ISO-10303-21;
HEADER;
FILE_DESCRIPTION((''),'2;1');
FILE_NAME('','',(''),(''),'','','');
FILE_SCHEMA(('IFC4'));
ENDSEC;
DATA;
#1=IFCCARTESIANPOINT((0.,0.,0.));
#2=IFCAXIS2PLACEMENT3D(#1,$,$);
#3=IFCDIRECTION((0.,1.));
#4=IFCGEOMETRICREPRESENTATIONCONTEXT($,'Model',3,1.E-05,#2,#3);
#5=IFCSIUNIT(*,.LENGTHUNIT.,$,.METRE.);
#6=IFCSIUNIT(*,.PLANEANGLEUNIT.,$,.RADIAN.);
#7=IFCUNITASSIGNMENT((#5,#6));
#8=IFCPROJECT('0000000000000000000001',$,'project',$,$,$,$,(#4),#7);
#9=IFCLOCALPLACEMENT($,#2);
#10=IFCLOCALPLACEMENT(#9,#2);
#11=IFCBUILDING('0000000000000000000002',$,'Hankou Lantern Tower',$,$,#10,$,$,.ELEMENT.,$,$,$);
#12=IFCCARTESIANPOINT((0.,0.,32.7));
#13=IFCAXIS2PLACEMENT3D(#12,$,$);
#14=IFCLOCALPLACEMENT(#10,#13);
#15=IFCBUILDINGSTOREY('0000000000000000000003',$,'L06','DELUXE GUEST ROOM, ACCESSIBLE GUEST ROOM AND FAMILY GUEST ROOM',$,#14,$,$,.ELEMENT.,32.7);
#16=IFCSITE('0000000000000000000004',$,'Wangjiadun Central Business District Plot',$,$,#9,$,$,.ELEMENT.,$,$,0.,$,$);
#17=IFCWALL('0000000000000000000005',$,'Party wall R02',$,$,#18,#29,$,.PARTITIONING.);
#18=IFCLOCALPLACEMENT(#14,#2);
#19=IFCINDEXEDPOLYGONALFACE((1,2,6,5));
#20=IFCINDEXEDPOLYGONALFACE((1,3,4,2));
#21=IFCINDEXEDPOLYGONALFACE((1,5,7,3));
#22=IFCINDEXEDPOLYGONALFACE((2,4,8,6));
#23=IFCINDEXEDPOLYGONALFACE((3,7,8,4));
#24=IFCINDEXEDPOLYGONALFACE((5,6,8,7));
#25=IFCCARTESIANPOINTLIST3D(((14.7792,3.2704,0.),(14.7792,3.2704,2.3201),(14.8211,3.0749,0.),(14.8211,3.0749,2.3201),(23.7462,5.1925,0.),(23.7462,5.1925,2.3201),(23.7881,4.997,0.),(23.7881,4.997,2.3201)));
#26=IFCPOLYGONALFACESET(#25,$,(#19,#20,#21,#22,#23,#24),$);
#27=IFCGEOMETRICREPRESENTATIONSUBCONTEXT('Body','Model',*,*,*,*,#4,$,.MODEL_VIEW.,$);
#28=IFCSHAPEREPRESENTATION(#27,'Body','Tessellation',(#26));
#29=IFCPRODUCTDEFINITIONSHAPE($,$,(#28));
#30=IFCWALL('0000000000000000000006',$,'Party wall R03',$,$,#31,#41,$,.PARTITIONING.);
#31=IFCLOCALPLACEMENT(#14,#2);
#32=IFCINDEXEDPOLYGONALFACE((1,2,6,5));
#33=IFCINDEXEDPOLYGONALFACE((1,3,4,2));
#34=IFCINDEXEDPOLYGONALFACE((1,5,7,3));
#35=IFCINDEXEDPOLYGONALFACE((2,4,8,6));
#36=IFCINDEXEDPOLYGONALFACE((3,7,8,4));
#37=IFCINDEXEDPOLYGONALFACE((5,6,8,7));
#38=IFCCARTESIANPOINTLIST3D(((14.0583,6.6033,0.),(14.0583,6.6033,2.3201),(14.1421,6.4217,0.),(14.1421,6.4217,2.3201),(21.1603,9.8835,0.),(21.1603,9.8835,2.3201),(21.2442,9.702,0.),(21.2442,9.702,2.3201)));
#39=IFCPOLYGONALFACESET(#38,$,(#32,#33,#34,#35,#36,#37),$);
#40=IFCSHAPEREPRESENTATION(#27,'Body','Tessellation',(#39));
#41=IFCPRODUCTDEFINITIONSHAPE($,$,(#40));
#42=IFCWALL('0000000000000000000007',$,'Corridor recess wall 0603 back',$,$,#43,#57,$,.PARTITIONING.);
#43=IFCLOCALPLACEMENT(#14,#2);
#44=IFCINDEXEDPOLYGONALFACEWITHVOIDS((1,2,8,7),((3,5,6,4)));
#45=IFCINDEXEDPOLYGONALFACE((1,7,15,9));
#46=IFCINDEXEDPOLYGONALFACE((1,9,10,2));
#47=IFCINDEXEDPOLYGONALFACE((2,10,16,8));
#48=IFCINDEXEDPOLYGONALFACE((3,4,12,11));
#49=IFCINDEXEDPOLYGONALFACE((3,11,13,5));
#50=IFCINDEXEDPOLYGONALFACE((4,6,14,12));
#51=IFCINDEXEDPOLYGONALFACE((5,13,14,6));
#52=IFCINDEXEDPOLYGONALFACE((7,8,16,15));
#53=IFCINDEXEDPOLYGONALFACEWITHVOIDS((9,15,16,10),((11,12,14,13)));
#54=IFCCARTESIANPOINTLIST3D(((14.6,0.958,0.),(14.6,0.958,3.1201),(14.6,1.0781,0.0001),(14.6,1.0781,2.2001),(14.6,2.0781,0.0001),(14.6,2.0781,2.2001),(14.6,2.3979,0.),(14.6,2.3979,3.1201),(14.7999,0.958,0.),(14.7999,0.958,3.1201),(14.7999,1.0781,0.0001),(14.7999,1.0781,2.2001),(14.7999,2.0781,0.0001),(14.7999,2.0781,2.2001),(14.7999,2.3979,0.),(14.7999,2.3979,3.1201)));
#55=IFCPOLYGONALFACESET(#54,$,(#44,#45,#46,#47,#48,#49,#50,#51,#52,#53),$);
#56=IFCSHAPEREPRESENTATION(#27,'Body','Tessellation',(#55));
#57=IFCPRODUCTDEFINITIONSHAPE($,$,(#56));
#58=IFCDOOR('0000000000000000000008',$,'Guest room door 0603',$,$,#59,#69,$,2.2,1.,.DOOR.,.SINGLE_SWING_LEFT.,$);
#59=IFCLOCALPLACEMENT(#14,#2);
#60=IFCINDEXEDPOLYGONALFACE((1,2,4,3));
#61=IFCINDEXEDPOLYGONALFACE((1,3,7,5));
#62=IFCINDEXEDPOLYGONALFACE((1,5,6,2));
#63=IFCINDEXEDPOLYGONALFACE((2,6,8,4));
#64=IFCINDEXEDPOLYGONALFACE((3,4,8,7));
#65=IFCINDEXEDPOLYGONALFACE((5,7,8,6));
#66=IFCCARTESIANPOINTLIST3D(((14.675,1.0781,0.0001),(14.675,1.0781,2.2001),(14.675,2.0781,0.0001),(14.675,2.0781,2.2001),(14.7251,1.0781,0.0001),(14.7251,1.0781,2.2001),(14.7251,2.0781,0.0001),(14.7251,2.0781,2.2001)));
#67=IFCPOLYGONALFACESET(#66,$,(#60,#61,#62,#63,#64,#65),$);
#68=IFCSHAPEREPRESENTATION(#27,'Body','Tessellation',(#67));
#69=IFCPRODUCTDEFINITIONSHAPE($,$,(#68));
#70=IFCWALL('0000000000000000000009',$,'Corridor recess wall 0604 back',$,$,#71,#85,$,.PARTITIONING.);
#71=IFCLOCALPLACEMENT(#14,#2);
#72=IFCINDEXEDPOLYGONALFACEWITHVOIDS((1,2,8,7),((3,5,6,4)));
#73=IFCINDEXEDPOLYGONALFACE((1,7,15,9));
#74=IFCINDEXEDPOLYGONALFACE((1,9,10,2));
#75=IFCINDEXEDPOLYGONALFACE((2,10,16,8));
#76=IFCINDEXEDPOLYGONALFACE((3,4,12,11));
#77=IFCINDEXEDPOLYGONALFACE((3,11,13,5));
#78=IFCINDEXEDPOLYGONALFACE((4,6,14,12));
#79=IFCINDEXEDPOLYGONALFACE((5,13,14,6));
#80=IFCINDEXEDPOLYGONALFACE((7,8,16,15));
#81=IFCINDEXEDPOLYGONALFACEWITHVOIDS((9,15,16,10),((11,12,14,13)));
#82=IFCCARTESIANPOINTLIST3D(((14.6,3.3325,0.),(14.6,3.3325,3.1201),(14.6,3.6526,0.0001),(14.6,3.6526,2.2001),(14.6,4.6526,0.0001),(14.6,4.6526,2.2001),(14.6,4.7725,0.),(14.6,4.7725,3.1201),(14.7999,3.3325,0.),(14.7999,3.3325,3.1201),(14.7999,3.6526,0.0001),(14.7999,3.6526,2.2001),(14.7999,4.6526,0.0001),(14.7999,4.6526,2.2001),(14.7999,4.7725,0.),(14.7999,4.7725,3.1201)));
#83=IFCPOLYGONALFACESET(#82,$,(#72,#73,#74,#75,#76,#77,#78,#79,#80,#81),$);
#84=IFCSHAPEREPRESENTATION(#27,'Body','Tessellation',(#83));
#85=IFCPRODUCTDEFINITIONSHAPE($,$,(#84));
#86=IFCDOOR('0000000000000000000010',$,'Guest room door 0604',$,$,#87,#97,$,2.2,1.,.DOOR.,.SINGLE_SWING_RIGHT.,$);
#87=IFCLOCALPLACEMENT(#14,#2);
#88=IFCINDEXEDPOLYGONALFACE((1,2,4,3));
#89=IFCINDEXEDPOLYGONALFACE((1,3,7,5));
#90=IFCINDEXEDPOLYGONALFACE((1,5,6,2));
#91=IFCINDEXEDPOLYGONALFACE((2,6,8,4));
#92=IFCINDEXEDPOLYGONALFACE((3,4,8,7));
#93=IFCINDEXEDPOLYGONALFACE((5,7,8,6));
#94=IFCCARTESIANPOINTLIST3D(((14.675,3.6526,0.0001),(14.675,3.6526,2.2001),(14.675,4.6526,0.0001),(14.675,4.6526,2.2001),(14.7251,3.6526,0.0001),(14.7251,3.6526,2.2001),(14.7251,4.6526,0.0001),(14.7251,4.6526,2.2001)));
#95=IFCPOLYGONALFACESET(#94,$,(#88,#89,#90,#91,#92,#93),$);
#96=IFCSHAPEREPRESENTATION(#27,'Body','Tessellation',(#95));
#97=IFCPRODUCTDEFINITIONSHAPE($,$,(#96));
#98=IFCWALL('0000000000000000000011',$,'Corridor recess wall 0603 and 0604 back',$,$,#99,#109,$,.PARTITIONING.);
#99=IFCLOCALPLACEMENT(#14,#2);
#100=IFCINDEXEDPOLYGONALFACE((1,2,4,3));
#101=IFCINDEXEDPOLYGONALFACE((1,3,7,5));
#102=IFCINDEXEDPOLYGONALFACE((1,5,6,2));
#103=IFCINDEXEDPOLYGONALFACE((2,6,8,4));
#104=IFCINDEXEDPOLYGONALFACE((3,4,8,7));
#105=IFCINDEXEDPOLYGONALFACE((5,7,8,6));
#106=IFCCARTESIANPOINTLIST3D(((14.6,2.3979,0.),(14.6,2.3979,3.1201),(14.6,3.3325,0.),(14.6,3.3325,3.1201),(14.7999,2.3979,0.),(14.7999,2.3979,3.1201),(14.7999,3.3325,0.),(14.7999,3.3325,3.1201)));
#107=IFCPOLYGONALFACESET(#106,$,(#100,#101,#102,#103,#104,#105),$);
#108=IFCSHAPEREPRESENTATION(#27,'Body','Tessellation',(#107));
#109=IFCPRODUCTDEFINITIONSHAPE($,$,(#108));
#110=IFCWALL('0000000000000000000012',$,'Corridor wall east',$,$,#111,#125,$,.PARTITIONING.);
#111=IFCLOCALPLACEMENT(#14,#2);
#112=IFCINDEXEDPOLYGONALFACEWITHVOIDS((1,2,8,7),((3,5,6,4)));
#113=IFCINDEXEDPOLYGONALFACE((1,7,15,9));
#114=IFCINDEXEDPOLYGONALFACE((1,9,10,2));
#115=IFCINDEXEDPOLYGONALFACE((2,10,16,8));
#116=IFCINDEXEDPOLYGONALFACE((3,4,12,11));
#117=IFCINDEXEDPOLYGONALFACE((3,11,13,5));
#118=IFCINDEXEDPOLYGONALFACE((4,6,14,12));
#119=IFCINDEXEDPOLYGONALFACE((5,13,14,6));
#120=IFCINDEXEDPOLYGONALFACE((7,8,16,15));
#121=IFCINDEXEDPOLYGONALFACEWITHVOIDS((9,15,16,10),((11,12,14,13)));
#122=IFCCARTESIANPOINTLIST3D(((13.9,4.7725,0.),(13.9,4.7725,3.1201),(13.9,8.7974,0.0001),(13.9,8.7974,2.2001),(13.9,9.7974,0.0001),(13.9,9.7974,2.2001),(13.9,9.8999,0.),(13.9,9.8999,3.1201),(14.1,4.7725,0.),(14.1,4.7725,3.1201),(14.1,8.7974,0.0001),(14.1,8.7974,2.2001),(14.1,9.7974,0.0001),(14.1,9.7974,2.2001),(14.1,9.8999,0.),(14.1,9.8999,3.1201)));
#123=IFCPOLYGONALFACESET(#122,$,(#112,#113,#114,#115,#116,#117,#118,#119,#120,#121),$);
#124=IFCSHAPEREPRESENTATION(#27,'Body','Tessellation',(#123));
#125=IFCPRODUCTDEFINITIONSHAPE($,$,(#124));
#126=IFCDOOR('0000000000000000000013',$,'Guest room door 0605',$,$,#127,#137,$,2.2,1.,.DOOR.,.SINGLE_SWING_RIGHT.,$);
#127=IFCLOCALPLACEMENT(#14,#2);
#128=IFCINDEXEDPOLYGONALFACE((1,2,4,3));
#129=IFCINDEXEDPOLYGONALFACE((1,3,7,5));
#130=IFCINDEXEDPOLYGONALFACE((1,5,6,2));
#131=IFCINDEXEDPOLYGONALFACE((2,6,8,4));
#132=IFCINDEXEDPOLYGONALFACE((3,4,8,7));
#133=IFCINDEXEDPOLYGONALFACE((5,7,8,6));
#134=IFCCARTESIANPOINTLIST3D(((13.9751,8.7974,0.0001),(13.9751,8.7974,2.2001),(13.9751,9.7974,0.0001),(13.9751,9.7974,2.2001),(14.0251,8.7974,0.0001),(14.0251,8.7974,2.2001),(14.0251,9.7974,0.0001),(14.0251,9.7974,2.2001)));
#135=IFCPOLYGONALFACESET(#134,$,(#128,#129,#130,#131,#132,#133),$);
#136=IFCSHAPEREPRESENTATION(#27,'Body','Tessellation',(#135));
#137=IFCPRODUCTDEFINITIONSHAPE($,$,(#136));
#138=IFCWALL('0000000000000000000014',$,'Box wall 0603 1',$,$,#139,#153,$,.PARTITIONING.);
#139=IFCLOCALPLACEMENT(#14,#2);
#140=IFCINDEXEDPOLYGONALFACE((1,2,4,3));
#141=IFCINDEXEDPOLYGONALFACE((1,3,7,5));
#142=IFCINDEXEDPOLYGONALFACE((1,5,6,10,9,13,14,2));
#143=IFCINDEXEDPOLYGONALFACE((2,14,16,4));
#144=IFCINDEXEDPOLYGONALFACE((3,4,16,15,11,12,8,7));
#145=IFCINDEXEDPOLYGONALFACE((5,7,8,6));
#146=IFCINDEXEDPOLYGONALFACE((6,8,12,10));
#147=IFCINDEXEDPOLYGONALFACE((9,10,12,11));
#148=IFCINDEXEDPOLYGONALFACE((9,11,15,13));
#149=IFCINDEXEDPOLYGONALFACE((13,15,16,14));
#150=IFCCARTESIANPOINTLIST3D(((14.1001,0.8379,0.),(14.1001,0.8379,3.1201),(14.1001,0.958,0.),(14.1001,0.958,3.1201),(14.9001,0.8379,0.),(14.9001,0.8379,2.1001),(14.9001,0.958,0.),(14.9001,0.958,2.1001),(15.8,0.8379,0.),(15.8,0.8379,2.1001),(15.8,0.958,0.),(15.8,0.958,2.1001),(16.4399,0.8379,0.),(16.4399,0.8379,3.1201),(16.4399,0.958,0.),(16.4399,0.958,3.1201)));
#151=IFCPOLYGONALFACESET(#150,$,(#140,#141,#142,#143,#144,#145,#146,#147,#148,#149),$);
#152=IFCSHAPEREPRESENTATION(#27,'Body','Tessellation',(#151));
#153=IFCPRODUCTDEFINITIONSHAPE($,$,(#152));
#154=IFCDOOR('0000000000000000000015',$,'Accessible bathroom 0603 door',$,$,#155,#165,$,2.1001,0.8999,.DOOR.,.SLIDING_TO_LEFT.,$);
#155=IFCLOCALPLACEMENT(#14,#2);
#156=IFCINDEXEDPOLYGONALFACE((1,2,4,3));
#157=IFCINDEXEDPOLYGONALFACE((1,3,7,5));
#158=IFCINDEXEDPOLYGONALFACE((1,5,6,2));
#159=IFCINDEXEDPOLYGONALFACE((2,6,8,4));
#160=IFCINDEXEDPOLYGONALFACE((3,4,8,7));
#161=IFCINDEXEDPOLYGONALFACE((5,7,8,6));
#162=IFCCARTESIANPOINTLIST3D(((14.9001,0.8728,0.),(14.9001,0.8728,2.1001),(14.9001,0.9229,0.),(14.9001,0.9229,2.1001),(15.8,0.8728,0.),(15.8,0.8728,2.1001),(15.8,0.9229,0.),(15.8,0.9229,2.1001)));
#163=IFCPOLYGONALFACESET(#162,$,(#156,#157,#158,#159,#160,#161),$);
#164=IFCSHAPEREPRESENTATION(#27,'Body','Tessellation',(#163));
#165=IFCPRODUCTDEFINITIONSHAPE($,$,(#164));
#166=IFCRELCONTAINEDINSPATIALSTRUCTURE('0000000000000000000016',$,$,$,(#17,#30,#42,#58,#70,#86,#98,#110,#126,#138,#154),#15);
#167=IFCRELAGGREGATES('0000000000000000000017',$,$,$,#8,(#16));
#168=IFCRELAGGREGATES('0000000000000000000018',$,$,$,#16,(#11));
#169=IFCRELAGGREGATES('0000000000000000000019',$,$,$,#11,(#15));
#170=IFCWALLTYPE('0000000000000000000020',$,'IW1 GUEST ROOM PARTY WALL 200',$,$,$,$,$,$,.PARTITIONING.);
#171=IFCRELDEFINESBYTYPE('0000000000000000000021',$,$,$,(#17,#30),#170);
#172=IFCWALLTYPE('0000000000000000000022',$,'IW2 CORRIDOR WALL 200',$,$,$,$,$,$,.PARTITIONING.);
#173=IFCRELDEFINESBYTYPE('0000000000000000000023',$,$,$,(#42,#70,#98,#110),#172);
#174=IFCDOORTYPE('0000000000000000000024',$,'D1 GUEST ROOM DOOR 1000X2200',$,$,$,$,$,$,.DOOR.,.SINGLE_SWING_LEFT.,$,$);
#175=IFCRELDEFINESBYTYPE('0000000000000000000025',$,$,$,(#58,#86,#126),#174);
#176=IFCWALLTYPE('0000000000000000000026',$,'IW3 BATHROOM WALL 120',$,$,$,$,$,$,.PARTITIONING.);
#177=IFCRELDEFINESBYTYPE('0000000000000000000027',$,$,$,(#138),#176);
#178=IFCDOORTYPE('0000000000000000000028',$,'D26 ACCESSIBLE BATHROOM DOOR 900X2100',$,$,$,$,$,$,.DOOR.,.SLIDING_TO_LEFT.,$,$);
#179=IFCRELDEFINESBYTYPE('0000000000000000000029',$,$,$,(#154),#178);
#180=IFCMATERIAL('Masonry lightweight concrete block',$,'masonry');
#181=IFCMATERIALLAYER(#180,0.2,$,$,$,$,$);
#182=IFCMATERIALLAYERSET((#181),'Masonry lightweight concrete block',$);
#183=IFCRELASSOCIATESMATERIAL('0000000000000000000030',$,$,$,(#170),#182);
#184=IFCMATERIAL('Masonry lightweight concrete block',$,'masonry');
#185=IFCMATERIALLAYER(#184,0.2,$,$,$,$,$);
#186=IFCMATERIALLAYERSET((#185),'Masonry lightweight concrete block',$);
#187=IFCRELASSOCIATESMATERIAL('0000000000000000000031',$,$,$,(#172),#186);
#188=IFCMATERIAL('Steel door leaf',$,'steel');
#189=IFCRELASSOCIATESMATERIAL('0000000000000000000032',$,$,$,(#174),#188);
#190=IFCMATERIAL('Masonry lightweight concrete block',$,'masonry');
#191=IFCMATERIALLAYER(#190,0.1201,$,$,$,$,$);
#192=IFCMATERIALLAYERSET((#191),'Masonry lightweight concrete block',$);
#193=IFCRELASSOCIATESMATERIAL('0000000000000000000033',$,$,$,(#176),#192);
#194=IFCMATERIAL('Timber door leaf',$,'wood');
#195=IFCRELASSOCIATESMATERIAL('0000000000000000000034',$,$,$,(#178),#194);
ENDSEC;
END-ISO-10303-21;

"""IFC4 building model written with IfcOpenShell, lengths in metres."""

from ifc_helpers import new_model, si_unit, direction, frame, frame_2d, origin, place, context, subcontext, project, spatial, rectangle, extrude, material, layer, layer_set, type_object, element, fill, save


model = new_model("IFC4")

# Units and contexts
model_context = context("Model", 3, precision=1e-05, world=origin(), true_north=direction((0.0, 1.0)))
body_context = subcontext(model_context, "Body", "Model", "MODEL_VIEW")
ifc_project = project(units=[si_unit("LENGTHUNIT", "METRE"), si_unit("PLANEANGLEUNIT", "RADIAN")], contexts=[model_context])

# Site, building, storey
site_placement = place(None, origin())
site = spatial("IfcSite", under=ifc_project, at=site_placement, Name="Wangjiadun Central Business District Plot", CompositionType="ELEMENT", RefElevation=0.0)
building_placement = place(site_placement, origin())
building = spatial("IfcBuilding", under=site, at=building_placement, Name="Hankou Lantern Tower", CompositionType="ELEMENT")
storey_placement = place(building_placement, frame((0.0, 0.0, 32.7)))
storey = spatial("IfcBuildingStorey", under=building, at=storey_placement, Name="L06", Description="DELUXE GUEST ROOM, ACCESSIBLE GUEST ROOM AND FAMILY GUEST ROOM", CompositionType="ELEMENT", Elevation=32.7)

# Walls
ifc_material_1 = material(Name="Masonry lightweight concrete block", Category="masonry")
ifc_layer_1 = layer(ifc_material_1, 0.2)
ifc_layer_set_1 = layer_set([ifc_layer_1], Name="Masonry lightweight concrete block")
wall_type_1 = type_object("IfcWallType", Name="IW1 GUEST ROOM PARTY WALL 200", PredefinedType="PARTITIONING", material=ifc_layer_set_1)
wall_1_placement = place(storey_placement, frame((14.8, 3.1726, 0.0), z_axis=(0.0, 0.0, 1.0), x_axis=(0.977789, 0.209593, 0.0)))
element("IfcWall", 1, at=wall_1_placement, inside=storey, type_object=wall_type_1, Name="Party wall R02", PredefinedType="PARTITIONING", context=body_context, shape_type="SweptSolid", body=[
    extrude(rectangle(XDim=9.1707, YDim=0.2, at=frame_2d((4.5854, 0.0))), origin(), (0.0, 0.0, 1.0), 2.3201),
])
wall_2_placement = place(storey_placement, frame((14.1001, 6.5125, 0.0), z_axis=(0.0, 0.0, 1.0), x_axis=(0.907842, 0.419311, 0.0)))
element("IfcWall", 2, at=wall_2_placement, inside=storey, type_object=wall_type_1, Name="Party wall R03", PredefinedType="PARTITIONING", context=body_context, shape_type="SweptSolid", body=[
    extrude(rectangle(XDim=7.823, YDim=0.2, at=frame_2d((3.9116, 0.0))), origin(), (0.0, 0.0, 1.0), 2.3201),
])

# Walls, openings, doors
ifc_material_2 = material(Name="Masonry lightweight concrete block", Category="masonry")
ifc_layer_2 = layer(ifc_material_2, 0.2)
ifc_layer_set_2 = layer_set([ifc_layer_2], Name="Masonry lightweight concrete block")
wall_type_2 = type_object("IfcWallType", Name="IW2 CORRIDOR WALL 200", PredefinedType="PARTITIONING", material=ifc_layer_set_2)
wall_3_placement = place(storey_placement, frame((14.7, 0.958, 0.0), z_axis=(0.0, 0.0, 1.0), x_axis=(0.0, 1.0, 0.0)))
wall_3 = element("IfcWall", 3, at=wall_3_placement, inside=storey, type_object=wall_type_2, Name="Corridor recess wall 0603 back", PredefinedType="PARTITIONING", context=body_context, shape_type="SweptSolid", body=[
    extrude(rectangle(XDim=1.4399, YDim=0.2, at=frame_2d((0.72, 0.0))), origin(), (0.0, 0.0, 1.0), 3.1201),
])
opening_1_placement = place(wall_3_placement, frame((0.1201, 0.0, 0.0)))
opening_1 = element("IfcOpeningElement", 4, at=opening_1_placement, cuts=wall_3, PredefinedType="OPENING", context=body_context, shape_type="SweptSolid", body=[
    extrude(rectangle(XDim=1.0, YDim=2.2, at=frame_2d((0.5, 1.1001))), frame((0.0, 0.1099, 0.0), z_axis=(0.0, -1.0, 0.0), x_axis=(1.0, 0.0, 0.0)), (0.0, 0.0, 1.0), 0.22),
])
ifc_material_3 = material(Name="Steel door leaf", Category="steel")
door_type_1 = type_object("IfcDoorType", Name="D1 GUEST ROOM DOOR 1000X2200", OperationType="SINGLE_SWING_LEFT", PredefinedType="DOOR", material=ifc_material_3)
door_1_placement = place(opening_1_placement, origin())
door_1 = element("IfcDoor", 5, at=door_1_placement, inside=storey, type_object=door_type_1, Name="Guest room door 0603", OperationType="SINGLE_SWING_LEFT", OverallHeight=2.2, OverallWidth=1.0, PredefinedType="DOOR", context=body_context, shape_type="SweptSolid", body=[
    extrude(rectangle(XDim=1.0, YDim=2.2, at=frame_2d((0.5, 1.1001))), frame((0.0, 0.0249, 0.0), z_axis=(0.0, -1.0, 0.0), x_axis=(1.0, 0.0, 0.0)), (0.0, 0.0, 1.0), 0.05),
])
fill(opening_1, door_1)
wall_4_placement = place(storey_placement, frame((14.7, 3.3325, 0.0), z_axis=(0.0, 0.0, 1.0), x_axis=(0.0, 1.0, 0.0)))
wall_4 = element("IfcWall", 6, at=wall_4_placement, inside=storey, type_object=wall_type_2, Name="Corridor recess wall 0604 back", PredefinedType="PARTITIONING", context=body_context, shape_type="SweptSolid", body=[
    extrude(rectangle(XDim=1.4399, YDim=0.2, at=frame_2d((0.72, 0.0))), origin(), (0.0, 0.0, 1.0), 3.1201),
])
opening_2_placement = place(wall_4_placement, frame((0.3201, 0.0, 0.0)))
opening_2 = element("IfcOpeningElement", 7, at=opening_2_placement, cuts=wall_4, PredefinedType="OPENING", context=body_context, shape_type="SweptSolid", body=[
    extrude(rectangle(XDim=1.0, YDim=2.2, at=frame_2d((0.5, 1.1001))), frame((0.0, 0.1099, 0.0), z_axis=(0.0, -1.0, 0.0), x_axis=(1.0, 0.0, 0.0)), (0.0, 0.0, 1.0), 0.22),
])
door_2_placement = place(opening_2_placement, origin())
door_2 = element("IfcDoor", 8, at=door_2_placement, inside=storey, type_object=door_type_1, Name="Guest room door 0604", OperationType="SINGLE_SWING_RIGHT", OverallHeight=2.2, OverallWidth=1.0, PredefinedType="DOOR", context=body_context, shape_type="SweptSolid", body=[
    extrude(rectangle(XDim=1.0, YDim=2.2, at=frame_2d((0.5, 1.1001))), frame((0.0, 0.0249, 0.0), z_axis=(0.0, -1.0, 0.0), x_axis=(1.0, 0.0, 0.0)), (0.0, 0.0, 1.0), 0.05),
])
fill(opening_2, door_2)

# Wall
wall_5_placement = place(storey_placement, frame((14.7, 2.3979, 0.0), z_axis=(0.0, 0.0, 1.0), x_axis=(0.0, 1.0, 0.0)))
element("IfcWall", 9, at=wall_5_placement, inside=storey, type_object=wall_type_2, Name="Corridor recess wall 0603 and 0604 back", PredefinedType="PARTITIONING", context=body_context, shape_type="SweptSolid", body=[
    extrude(rectangle(XDim=0.9346, YDim=0.2, at=frame_2d((0.4673, 0.0))), origin(), (0.0, 0.0, 1.0), 3.1201),
])

# Walls, openings, doors
wall_6_placement = place(storey_placement, frame((14.0, 4.7725, 0.0), z_axis=(0.0, 0.0, 1.0), x_axis=(0.0, 1.0, 0.0)))
wall_6 = element("IfcWall", 10, at=wall_6_placement, inside=storey, type_object=wall_type_2, Name="Corridor wall east", PredefinedType="PARTITIONING", context=body_context, shape_type="SweptSolid", body=[
    extrude(rectangle(XDim=5.1274, YDim=0.2, at=frame_2d((2.5637, 0.0))), origin(), (0.0, 0.0, 1.0), 3.1201),
])
opening_3_placement = place(wall_6_placement, frame((4.0249, 0.0, 0.0)))
opening_3 = element("IfcOpeningElement", 11, at=opening_3_placement, cuts=wall_6, PredefinedType="OPENING", context=body_context, shape_type="SweptSolid", body=[
    extrude(rectangle(XDim=1.0, YDim=2.2, at=frame_2d((0.5, 1.1001))), frame((0.0, 0.1099, 0.0), z_axis=(0.0, -1.0, 0.0), x_axis=(1.0, 0.0, 0.0)), (0.0, 0.0, 1.0), 0.22),
])
door_3_placement = place(opening_3_placement, origin())
door_3 = element("IfcDoor", 12, at=door_3_placement, inside=storey, type_object=door_type_1, Name="Guest room door 0605", OperationType="SINGLE_SWING_RIGHT", OverallHeight=2.2, OverallWidth=1.0, PredefinedType="DOOR", context=body_context, shape_type="SweptSolid", body=[
    extrude(rectangle(XDim=1.0, YDim=2.2, at=frame_2d((0.5, 1.1001))), frame((0.0, 0.0249, 0.0), z_axis=(0.0, -1.0, 0.0), x_axis=(1.0, 0.0, 0.0)), (0.0, 0.0, 1.0), 0.05),
])
fill(opening_3, door_3)
ifc_material_4 = material(Name="Masonry lightweight concrete block", Category="masonry")
ifc_layer_3 = layer(ifc_material_4, 0.1201)
ifc_layer_set_3 = layer_set([ifc_layer_3], Name="Masonry lightweight concrete block")
wall_type_3 = type_object("IfcWallType", Name="IW3 BATHROOM WALL 120", PredefinedType="PARTITIONING", material=ifc_layer_set_3)
wall_7_placement = place(storey_placement, frame((14.1001, 0.8979, 0.0), z_axis=(0.0, 0.0, 1.0), x_axis=(1.0, 0.0, 0.0)))
wall_7 = element("IfcWall", 13, at=wall_7_placement, inside=storey, type_object=wall_type_3, Name="Box wall 0603 1", PredefinedType="PARTITIONING", context=body_context, shape_type="SweptSolid", body=[
    extrude(rectangle(XDim=2.3398, YDim=0.1201, at=frame_2d((1.1699, 0.0))), origin(), (0.0, 0.0, 1.0), 3.1201),
])
opening_4_placement = place(wall_7_placement, frame((0.8, 0.0, 0.0)))
opening_4 = element("IfcOpeningElement", 14, at=opening_4_placement, cuts=wall_7, PredefinedType="OPENING", context=body_context, shape_type="SweptSolid", body=[
    extrude(rectangle(XDim=0.8999, YDim=2.1001, at=frame_2d((0.45, 1.05))), frame((0.0, 0.0701, 0.0), z_axis=(0.0, -1.0, 0.0), x_axis=(1.0, 0.0, 0.0)), (0.0, 0.0, 1.0), 0.1401),
])
ifc_material_5 = material(Name="Timber door leaf", Category="wood")
door_type_2 = type_object("IfcDoorType", Name="D26 ACCESSIBLE BATHROOM DOOR 900X2100", OperationType="SLIDING_TO_LEFT", PredefinedType="DOOR", material=ifc_material_5)
door_4_placement = place(opening_4_placement, origin())
door_4 = element("IfcDoor", 15, at=door_4_placement, inside=storey, type_object=door_type_2, Name="Accessible bathroom 0603 door", OperationType="SLIDING_TO_LEFT", OverallHeight=2.1001, OverallWidth=0.8999, PredefinedType="DOOR", context=body_context, shape_type="SweptSolid", body=[
    extrude(rectangle(XDim=0.8999, YDim=2.1001, at=frame_2d((0.45, 1.05))), frame((0.0, 0.0249, 0.0), z_axis=(0.0, -1.0, 0.0), x_axis=(1.0, 0.0, 0.0)), (0.0, 0.0, 1.0), 0.05),
])
fill(opening_4, door_4)

save(model, "model.ifc")
